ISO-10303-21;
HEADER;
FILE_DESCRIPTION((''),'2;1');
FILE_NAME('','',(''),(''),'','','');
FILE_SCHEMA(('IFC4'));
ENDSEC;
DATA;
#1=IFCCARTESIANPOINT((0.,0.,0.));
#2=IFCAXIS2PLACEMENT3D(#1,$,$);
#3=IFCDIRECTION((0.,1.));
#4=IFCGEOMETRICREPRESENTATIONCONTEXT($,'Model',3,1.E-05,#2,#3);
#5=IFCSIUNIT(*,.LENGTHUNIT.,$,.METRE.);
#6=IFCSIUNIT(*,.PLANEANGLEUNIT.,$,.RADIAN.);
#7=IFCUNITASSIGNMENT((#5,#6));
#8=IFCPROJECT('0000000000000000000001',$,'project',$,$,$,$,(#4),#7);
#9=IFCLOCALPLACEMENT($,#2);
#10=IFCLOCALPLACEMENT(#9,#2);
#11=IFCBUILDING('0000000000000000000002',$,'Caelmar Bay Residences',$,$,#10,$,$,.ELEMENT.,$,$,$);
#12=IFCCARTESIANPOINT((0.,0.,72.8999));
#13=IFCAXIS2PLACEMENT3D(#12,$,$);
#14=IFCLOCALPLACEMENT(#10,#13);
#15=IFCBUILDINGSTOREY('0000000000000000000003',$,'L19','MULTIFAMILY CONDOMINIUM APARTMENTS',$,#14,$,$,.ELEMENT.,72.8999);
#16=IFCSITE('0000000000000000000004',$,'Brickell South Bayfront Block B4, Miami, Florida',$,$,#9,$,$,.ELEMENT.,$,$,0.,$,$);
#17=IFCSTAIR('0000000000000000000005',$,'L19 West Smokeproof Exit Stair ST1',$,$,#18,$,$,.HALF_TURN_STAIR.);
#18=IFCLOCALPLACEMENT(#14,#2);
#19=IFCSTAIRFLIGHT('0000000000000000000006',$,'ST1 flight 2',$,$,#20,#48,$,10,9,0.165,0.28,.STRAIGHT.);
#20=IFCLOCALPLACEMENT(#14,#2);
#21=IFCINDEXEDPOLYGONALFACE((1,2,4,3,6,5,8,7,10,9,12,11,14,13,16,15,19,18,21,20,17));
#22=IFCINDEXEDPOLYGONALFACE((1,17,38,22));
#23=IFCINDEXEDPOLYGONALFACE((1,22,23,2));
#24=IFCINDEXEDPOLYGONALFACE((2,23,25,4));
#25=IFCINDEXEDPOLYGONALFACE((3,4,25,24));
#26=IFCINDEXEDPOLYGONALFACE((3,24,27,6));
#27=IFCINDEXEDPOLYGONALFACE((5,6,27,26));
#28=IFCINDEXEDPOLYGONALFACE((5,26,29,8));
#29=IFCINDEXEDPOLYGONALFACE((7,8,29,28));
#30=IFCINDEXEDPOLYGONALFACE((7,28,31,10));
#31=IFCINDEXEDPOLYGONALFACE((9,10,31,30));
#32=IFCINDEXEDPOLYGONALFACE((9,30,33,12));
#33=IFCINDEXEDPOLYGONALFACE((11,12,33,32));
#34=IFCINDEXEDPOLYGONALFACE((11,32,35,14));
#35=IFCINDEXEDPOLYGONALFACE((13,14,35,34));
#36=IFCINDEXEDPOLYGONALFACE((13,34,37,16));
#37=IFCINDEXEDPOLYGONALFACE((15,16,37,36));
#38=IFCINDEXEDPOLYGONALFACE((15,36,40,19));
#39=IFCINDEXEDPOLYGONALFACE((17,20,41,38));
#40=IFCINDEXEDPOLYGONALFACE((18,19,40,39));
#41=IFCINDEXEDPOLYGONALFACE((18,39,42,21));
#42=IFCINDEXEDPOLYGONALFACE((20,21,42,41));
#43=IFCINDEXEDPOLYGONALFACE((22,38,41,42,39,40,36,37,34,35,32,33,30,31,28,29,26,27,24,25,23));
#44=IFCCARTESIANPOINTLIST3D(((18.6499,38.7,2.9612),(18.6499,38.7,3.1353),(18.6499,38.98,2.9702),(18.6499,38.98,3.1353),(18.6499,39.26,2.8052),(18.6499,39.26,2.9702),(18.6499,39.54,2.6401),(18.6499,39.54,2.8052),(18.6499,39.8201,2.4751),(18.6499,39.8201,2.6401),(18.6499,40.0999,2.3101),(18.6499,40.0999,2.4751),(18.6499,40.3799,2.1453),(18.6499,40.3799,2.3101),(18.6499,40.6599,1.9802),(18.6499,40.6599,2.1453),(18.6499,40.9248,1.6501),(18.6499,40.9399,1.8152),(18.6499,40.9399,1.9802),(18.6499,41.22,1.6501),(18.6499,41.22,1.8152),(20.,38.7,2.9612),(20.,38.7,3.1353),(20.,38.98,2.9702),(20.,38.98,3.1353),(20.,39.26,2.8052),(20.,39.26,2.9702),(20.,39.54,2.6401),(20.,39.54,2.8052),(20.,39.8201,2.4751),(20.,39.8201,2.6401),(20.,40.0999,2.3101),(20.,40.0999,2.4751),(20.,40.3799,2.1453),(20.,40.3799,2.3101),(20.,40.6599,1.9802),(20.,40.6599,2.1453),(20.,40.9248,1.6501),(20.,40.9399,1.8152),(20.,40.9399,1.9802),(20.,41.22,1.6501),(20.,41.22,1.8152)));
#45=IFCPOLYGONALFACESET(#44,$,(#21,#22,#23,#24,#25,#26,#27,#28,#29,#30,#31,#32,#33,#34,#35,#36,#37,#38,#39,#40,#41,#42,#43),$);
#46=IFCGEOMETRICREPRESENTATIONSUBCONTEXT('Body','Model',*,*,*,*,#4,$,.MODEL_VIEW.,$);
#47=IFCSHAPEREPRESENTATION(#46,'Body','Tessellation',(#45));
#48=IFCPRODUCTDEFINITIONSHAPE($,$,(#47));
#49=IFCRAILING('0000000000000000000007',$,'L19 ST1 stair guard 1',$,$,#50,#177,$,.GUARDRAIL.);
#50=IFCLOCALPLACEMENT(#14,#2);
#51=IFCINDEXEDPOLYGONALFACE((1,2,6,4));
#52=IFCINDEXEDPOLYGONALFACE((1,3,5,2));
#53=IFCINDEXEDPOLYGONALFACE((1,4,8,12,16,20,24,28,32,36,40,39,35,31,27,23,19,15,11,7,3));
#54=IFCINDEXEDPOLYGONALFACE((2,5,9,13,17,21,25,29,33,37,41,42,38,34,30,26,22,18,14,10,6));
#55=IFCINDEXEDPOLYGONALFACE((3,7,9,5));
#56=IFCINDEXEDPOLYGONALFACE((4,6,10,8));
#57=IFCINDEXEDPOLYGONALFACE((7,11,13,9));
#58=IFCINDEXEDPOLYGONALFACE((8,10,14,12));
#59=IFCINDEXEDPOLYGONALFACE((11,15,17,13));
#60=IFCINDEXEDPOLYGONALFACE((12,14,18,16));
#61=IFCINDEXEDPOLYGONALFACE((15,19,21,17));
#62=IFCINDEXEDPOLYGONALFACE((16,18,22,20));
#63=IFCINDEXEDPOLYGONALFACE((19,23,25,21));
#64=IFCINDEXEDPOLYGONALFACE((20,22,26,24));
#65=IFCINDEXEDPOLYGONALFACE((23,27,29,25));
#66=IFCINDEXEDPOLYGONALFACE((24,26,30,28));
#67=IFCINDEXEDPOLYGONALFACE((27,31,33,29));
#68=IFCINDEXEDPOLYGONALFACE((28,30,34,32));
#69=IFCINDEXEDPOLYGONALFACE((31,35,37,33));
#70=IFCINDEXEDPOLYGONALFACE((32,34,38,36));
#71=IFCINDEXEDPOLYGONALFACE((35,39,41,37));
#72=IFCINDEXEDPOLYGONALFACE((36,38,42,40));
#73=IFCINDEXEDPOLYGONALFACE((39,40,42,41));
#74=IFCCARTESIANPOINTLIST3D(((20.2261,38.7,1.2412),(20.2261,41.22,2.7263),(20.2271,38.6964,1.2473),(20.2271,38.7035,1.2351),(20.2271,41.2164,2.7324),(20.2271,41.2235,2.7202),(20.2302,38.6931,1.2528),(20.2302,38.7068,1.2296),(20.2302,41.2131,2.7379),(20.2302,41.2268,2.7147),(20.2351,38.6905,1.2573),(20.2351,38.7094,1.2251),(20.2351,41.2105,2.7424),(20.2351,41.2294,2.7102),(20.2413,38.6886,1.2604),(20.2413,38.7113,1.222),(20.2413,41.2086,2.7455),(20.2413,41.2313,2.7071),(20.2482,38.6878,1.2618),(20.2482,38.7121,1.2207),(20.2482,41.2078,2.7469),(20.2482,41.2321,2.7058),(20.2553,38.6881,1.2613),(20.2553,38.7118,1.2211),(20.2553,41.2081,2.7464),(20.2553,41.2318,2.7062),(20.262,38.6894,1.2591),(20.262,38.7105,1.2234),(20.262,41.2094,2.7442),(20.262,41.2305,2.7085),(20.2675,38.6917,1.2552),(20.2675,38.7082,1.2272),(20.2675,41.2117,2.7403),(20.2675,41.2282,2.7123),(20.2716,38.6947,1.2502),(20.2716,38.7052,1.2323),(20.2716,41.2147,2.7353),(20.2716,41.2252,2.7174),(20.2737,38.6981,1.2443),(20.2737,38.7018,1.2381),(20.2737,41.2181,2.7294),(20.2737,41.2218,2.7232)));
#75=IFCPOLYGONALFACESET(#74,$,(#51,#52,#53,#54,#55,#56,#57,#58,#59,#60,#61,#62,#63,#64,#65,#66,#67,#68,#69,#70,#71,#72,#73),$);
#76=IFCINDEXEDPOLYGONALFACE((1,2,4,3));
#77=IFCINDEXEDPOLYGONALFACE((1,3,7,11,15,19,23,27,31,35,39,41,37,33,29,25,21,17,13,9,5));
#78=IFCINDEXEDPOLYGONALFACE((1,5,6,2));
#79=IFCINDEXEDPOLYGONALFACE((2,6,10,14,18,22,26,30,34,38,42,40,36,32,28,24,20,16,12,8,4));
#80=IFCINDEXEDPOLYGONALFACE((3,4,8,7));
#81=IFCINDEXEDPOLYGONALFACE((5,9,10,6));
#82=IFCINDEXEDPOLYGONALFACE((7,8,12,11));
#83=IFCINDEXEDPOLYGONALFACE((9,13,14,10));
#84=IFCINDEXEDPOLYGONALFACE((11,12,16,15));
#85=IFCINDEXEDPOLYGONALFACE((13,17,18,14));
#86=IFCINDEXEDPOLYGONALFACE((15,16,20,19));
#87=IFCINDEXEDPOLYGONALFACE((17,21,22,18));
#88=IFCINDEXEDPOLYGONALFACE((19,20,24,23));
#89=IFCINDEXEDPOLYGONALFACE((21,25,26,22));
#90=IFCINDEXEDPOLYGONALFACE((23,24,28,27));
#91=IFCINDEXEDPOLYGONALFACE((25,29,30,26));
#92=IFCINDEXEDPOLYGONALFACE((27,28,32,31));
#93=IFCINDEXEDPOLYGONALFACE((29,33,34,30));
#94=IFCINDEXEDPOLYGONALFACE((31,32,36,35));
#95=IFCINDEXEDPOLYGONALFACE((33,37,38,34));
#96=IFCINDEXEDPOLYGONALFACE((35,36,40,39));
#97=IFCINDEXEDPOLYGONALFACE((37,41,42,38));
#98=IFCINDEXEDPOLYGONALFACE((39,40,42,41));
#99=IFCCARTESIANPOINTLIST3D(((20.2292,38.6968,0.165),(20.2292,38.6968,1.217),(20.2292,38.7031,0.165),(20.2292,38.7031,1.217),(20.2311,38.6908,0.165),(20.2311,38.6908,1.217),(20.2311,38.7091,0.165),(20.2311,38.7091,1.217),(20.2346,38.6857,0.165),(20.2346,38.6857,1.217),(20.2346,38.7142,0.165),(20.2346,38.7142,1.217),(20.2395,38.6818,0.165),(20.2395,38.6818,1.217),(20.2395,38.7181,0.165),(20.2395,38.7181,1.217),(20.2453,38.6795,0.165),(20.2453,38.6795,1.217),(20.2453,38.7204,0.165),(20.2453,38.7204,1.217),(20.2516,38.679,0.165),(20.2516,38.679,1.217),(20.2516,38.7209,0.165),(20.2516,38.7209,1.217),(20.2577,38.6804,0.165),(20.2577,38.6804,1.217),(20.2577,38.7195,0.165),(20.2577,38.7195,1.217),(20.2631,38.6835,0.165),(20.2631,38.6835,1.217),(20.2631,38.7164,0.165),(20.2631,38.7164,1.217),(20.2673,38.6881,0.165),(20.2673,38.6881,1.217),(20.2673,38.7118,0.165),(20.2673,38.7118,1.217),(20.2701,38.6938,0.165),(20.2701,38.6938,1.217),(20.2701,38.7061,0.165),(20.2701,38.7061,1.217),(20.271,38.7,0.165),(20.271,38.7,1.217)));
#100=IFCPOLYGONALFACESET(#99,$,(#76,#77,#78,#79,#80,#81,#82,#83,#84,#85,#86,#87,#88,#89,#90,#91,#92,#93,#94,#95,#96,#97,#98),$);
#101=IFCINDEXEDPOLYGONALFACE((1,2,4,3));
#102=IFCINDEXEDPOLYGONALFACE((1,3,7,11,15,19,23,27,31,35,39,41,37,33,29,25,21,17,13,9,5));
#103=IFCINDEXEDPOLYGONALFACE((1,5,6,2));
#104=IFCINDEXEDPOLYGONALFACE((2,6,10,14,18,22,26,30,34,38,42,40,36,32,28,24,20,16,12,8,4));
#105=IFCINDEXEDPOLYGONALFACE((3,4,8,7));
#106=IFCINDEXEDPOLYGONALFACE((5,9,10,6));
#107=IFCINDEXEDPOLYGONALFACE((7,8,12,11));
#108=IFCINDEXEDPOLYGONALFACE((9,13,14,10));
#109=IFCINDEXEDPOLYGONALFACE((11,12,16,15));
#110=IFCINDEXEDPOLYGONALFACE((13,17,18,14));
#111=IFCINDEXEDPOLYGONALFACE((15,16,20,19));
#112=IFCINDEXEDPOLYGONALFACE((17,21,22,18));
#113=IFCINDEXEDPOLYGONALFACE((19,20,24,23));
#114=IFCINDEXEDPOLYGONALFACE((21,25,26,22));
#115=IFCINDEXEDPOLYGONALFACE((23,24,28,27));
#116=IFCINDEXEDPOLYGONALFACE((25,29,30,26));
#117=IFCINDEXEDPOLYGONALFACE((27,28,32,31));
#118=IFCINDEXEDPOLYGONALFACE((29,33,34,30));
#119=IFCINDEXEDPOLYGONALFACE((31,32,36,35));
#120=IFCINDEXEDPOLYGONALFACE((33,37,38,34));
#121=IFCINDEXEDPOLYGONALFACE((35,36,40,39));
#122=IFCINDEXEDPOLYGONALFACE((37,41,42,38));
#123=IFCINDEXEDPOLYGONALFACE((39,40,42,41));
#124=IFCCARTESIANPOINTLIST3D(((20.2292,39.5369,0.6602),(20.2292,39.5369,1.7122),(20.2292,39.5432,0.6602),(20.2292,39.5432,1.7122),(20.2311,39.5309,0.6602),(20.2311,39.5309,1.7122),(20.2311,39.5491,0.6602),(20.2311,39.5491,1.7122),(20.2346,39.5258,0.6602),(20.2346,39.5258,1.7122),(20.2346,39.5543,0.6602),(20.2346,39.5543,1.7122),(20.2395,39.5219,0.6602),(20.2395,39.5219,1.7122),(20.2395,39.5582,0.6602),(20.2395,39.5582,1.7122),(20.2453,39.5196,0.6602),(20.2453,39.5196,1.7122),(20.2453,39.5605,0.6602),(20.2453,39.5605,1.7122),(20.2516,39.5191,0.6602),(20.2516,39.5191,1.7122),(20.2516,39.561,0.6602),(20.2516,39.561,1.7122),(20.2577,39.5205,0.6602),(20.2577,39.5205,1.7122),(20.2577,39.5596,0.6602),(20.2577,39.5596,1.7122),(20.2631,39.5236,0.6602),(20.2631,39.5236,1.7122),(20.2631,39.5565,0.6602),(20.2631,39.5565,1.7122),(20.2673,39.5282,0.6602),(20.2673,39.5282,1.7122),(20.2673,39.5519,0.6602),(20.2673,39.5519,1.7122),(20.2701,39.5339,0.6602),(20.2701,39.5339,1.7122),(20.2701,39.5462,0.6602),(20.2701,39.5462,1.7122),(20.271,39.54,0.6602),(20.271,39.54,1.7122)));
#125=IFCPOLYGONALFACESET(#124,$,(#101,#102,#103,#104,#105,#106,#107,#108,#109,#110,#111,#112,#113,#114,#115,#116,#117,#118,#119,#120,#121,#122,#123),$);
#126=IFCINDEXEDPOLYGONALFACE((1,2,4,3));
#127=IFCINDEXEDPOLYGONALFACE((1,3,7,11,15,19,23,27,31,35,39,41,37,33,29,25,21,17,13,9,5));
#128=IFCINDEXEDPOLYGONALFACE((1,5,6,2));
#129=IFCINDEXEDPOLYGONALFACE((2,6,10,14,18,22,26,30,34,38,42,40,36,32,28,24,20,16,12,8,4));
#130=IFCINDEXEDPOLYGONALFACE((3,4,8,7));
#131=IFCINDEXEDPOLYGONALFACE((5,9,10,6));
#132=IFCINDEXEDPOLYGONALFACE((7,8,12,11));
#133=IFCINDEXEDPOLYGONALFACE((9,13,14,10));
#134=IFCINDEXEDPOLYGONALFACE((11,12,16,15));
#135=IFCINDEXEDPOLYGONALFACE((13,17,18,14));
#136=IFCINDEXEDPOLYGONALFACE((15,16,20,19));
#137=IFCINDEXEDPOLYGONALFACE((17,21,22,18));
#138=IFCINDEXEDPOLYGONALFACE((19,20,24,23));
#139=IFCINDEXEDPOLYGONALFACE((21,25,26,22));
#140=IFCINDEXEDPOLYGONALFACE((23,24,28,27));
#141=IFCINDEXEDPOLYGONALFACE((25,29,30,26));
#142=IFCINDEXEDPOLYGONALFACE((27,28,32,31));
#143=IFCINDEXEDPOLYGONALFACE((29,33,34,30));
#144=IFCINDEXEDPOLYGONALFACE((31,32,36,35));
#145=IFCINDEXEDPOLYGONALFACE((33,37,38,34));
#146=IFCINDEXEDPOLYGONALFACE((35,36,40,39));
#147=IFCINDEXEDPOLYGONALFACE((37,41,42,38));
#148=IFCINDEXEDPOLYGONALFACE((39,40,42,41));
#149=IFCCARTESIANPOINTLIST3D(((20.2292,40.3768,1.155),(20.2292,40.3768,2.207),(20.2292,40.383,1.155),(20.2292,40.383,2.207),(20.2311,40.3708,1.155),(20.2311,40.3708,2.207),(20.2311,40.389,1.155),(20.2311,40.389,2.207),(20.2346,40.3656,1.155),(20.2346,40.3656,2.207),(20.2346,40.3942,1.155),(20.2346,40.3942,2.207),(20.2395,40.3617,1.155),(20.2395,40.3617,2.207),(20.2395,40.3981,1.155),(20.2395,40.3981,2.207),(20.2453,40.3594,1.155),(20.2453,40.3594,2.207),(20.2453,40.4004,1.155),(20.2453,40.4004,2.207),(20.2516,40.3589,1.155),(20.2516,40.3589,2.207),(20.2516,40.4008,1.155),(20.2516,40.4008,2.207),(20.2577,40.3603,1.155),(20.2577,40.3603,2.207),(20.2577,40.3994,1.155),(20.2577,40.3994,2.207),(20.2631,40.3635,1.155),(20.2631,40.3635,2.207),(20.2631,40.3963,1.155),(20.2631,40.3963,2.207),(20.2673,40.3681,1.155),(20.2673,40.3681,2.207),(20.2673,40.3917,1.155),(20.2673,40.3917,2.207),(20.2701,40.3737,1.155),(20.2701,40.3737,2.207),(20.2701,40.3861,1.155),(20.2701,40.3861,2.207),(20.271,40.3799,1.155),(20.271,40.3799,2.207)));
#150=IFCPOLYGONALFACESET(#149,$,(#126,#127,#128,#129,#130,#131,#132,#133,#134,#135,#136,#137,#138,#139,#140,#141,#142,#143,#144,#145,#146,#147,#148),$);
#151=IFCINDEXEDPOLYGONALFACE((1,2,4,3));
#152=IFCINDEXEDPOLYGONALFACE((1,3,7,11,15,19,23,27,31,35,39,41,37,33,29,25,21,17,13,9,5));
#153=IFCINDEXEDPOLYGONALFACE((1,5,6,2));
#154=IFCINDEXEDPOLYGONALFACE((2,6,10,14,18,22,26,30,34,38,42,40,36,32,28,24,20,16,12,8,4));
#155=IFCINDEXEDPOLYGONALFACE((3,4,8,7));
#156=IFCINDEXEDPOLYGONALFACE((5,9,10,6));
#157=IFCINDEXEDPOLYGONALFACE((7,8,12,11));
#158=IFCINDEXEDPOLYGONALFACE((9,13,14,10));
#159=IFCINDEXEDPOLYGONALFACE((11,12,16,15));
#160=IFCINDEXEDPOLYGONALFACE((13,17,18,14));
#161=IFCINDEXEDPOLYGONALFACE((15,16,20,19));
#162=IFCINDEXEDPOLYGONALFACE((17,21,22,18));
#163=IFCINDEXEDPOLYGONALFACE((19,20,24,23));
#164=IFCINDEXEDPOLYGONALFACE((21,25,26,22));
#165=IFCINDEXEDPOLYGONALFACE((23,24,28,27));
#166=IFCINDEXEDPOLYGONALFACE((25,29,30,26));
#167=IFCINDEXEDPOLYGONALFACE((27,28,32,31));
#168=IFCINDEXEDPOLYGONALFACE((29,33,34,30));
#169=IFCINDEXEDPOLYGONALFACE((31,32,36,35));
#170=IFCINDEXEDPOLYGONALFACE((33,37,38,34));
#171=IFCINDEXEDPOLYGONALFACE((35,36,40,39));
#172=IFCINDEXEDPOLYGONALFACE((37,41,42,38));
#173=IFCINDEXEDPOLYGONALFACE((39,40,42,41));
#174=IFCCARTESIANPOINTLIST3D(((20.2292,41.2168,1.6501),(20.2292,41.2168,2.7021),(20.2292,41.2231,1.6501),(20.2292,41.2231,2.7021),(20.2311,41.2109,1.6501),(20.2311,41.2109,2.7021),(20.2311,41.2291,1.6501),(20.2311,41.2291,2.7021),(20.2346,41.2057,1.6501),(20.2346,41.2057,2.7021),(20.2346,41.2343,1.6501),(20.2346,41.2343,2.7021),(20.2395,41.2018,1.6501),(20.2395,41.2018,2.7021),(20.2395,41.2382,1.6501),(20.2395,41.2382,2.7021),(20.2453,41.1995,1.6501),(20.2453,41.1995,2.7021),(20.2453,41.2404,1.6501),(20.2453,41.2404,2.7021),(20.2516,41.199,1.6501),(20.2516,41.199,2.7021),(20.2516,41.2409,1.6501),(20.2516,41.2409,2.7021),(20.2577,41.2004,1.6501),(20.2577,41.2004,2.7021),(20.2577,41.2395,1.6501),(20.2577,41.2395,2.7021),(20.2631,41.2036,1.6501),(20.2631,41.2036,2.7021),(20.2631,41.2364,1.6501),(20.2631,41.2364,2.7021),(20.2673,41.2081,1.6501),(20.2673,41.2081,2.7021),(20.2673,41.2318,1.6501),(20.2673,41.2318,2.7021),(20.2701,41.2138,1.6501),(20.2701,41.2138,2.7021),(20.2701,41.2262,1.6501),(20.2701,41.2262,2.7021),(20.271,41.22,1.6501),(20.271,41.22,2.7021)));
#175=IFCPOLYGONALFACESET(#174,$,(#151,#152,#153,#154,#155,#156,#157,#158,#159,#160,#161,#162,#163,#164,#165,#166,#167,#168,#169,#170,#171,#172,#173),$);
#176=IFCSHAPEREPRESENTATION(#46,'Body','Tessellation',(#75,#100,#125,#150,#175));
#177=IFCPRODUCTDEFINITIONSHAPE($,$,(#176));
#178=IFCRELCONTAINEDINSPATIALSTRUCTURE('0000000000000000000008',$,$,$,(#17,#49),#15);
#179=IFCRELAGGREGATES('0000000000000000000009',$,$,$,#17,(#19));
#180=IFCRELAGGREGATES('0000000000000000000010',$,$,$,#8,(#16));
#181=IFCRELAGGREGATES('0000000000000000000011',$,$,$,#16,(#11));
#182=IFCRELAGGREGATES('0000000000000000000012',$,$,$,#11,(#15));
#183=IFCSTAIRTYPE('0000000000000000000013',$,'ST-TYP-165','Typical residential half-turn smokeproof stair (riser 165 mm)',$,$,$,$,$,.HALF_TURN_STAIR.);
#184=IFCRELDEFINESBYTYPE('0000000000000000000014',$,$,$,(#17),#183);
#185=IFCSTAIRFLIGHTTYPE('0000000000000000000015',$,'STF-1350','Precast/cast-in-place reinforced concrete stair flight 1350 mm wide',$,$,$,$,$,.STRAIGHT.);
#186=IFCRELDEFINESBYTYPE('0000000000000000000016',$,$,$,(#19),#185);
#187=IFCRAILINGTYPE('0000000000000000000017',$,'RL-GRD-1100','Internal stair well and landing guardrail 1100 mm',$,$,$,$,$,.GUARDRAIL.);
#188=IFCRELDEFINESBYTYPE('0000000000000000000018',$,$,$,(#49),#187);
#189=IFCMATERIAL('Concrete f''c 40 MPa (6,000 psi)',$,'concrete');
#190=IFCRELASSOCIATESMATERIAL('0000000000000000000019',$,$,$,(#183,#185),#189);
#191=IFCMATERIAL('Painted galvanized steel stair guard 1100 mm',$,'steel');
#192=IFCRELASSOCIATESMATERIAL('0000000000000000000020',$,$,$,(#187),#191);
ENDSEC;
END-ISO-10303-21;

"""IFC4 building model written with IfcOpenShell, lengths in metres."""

from ifc_helpers import new_model, si_unit, direction, frame, origin, origin_2d, place, context, subcontext, project, spatial, polyline, circle, outline, extrude, material, type_object, element, aggregate, save


model = new_model("IFC4")

# Units and contexts
model_context = context("Model", 3, precision=1e-05, world=origin(), true_north=direction((0.0, 1.0)))
body_context = subcontext(model_context, "Body", "Model", "MODEL_VIEW")
ifc_project = project(units=[si_unit("LENGTHUNIT", "METRE"), si_unit("PLANEANGLEUNIT", "RADIAN")], contexts=[model_context])

# Site, building, storey
site_placement = place(None, origin())
site = spatial("IfcSite", under=ifc_project, at=site_placement, Name="Brickell South Bayfront Block B4, Miami, Florida", CompositionType="ELEMENT", RefElevation=0.0)
building_placement = place(site_placement, origin())
building = spatial("IfcBuilding", under=site, at=building_placement, Name="Caelmar Bay Residences", CompositionType="ELEMENT")
storey_placement = place(building_placement, frame((0.0, 0.0, 72.8999)))
storey = spatial("IfcBuildingStorey", under=building, at=storey_placement, Name="L19", Description="MULTIFAMILY CONDOMINIUM APARTMENTS", CompositionType="ELEMENT", Elevation=72.8999)

# Stair, stair flight
ifc_material_1 = material(Name="Concrete f'c 40 MPa (6,000 psi)", Category="concrete")
stair_type = type_object("IfcStairType", Name="ST-TYP-165", Description="Typical residential half-turn smokeproof stair (riser 165 mm)", PredefinedType="HALF_TURN_STAIR", material=ifc_material_1)
stair_placement = place(storey_placement, origin())
stair = element("IfcStair", 1, at=stair_placement, inside=storey, type_object=stair_type, Name="L19 West Smokeproof Exit Stair ST1", PredefinedType="HALF_TURN_STAIR")
stair_flight_type = type_object("IfcStairFlightType", Name="STF-1350", Description="Precast/cast-in-place reinforced concrete stair flight 1350 mm wide", PredefinedType="STRAIGHT", material=ifc_material_1)
stair_flight_1_placement = place(storey_placement, frame((19.325, 41.22, 1.6501), z_axis=(0.0, 0.0, 1.0), x_axis=(0.0, -1.0, 0.0)))
stair_flight_1 = element("IfcStairFlight", 2, at=stair_flight_1_placement, type_object=stair_flight_type, Name="ST1 flight 2", NumberOfRisers=10, NumberOfTreads=9, PredefinedType="STRAIGHT", RiserHeight=0.165, TreadLength=0.28, context=body_context, shape_type="SweptSolid", body=[
    extrude(outline(polyline([(0.0, 0.0), (0.0, 0.165), (0.28, 0.165), (0.28, 0.3301), (0.5601, 0.3301), (0.5601, 0.4951), (0.8401, 0.4951), (0.8401, 0.6599), (1.1201, 0.6599), (1.1201, 0.825), (1.3999, 0.825), (1.3999, 0.99), (1.6799, 0.99), (1.6799, 1.155), (1.96, 1.155), (1.96, 1.3201), (2.24, 1.3201), (2.24, 1.4851), (2.52, 1.4851), (2.52, 1.6499), (2.52, 1.311), (0.2952, 0.0), (0.0, 0.0)])), frame((0.0, 0.675, 0.0), z_axis=(0.0, -1.0, 0.0), x_axis=(1.0, 0.0, 0.0)), (0.0, 0.0, 1.0), 1.3501),
])
aggregate(stair, [stair_flight_1])

# Railing
ifc_material_2 = material(Name="Painted galvanized steel stair guard 1100 mm", Category="steel")
railing_type_1 = type_object("IfcRailingType", Name="RL-GRD-1100", Description="Internal stair well and landing guardrail 1100 mm", PredefinedType="GUARDRAIL", material=ifc_material_2)
railing_1_placement = place(storey_placement, frame((20.25, 38.7, 0.165)))
element("IfcRailing", 3, at=railing_1_placement, inside=storey, type_object=railing_type_1, Name="L19 ST1 stair guard 1", PredefinedType="GUARDRAIL", context=body_context, shape_type="SweptSolid", body=[
    extrude(circle(Radius=0.0239, at=origin_2d()), frame((0.0, 0.0, 1.0762), z_axis=(0.0, 0.861524, 0.507717), x_axis=(-1.0, 0.0, 0.0)), (0.0, 0.0, 1.0), 2.925),
    extrude(circle(Radius=0.021, at=origin_2d()), origin(), (0.0, 0.0, 1.0), 1.052),
    extrude(circle(Radius=0.021, at=origin_2d()), frame((0.0, 0.8401, 0.4951)), (0.0, 0.0, 1.0), 1.052),
    extrude(circle(Radius=0.021, at=origin_2d()), frame((0.0, 1.6799, 0.99)), (0.0, 0.0, 1.0), 1.052),
    extrude(circle(Radius=0.021, at=origin_2d()), frame((0.0, 2.52, 1.4851)), (0.0, 0.0, 1.0), 1.052),
])

save(model, "model.ifc")
